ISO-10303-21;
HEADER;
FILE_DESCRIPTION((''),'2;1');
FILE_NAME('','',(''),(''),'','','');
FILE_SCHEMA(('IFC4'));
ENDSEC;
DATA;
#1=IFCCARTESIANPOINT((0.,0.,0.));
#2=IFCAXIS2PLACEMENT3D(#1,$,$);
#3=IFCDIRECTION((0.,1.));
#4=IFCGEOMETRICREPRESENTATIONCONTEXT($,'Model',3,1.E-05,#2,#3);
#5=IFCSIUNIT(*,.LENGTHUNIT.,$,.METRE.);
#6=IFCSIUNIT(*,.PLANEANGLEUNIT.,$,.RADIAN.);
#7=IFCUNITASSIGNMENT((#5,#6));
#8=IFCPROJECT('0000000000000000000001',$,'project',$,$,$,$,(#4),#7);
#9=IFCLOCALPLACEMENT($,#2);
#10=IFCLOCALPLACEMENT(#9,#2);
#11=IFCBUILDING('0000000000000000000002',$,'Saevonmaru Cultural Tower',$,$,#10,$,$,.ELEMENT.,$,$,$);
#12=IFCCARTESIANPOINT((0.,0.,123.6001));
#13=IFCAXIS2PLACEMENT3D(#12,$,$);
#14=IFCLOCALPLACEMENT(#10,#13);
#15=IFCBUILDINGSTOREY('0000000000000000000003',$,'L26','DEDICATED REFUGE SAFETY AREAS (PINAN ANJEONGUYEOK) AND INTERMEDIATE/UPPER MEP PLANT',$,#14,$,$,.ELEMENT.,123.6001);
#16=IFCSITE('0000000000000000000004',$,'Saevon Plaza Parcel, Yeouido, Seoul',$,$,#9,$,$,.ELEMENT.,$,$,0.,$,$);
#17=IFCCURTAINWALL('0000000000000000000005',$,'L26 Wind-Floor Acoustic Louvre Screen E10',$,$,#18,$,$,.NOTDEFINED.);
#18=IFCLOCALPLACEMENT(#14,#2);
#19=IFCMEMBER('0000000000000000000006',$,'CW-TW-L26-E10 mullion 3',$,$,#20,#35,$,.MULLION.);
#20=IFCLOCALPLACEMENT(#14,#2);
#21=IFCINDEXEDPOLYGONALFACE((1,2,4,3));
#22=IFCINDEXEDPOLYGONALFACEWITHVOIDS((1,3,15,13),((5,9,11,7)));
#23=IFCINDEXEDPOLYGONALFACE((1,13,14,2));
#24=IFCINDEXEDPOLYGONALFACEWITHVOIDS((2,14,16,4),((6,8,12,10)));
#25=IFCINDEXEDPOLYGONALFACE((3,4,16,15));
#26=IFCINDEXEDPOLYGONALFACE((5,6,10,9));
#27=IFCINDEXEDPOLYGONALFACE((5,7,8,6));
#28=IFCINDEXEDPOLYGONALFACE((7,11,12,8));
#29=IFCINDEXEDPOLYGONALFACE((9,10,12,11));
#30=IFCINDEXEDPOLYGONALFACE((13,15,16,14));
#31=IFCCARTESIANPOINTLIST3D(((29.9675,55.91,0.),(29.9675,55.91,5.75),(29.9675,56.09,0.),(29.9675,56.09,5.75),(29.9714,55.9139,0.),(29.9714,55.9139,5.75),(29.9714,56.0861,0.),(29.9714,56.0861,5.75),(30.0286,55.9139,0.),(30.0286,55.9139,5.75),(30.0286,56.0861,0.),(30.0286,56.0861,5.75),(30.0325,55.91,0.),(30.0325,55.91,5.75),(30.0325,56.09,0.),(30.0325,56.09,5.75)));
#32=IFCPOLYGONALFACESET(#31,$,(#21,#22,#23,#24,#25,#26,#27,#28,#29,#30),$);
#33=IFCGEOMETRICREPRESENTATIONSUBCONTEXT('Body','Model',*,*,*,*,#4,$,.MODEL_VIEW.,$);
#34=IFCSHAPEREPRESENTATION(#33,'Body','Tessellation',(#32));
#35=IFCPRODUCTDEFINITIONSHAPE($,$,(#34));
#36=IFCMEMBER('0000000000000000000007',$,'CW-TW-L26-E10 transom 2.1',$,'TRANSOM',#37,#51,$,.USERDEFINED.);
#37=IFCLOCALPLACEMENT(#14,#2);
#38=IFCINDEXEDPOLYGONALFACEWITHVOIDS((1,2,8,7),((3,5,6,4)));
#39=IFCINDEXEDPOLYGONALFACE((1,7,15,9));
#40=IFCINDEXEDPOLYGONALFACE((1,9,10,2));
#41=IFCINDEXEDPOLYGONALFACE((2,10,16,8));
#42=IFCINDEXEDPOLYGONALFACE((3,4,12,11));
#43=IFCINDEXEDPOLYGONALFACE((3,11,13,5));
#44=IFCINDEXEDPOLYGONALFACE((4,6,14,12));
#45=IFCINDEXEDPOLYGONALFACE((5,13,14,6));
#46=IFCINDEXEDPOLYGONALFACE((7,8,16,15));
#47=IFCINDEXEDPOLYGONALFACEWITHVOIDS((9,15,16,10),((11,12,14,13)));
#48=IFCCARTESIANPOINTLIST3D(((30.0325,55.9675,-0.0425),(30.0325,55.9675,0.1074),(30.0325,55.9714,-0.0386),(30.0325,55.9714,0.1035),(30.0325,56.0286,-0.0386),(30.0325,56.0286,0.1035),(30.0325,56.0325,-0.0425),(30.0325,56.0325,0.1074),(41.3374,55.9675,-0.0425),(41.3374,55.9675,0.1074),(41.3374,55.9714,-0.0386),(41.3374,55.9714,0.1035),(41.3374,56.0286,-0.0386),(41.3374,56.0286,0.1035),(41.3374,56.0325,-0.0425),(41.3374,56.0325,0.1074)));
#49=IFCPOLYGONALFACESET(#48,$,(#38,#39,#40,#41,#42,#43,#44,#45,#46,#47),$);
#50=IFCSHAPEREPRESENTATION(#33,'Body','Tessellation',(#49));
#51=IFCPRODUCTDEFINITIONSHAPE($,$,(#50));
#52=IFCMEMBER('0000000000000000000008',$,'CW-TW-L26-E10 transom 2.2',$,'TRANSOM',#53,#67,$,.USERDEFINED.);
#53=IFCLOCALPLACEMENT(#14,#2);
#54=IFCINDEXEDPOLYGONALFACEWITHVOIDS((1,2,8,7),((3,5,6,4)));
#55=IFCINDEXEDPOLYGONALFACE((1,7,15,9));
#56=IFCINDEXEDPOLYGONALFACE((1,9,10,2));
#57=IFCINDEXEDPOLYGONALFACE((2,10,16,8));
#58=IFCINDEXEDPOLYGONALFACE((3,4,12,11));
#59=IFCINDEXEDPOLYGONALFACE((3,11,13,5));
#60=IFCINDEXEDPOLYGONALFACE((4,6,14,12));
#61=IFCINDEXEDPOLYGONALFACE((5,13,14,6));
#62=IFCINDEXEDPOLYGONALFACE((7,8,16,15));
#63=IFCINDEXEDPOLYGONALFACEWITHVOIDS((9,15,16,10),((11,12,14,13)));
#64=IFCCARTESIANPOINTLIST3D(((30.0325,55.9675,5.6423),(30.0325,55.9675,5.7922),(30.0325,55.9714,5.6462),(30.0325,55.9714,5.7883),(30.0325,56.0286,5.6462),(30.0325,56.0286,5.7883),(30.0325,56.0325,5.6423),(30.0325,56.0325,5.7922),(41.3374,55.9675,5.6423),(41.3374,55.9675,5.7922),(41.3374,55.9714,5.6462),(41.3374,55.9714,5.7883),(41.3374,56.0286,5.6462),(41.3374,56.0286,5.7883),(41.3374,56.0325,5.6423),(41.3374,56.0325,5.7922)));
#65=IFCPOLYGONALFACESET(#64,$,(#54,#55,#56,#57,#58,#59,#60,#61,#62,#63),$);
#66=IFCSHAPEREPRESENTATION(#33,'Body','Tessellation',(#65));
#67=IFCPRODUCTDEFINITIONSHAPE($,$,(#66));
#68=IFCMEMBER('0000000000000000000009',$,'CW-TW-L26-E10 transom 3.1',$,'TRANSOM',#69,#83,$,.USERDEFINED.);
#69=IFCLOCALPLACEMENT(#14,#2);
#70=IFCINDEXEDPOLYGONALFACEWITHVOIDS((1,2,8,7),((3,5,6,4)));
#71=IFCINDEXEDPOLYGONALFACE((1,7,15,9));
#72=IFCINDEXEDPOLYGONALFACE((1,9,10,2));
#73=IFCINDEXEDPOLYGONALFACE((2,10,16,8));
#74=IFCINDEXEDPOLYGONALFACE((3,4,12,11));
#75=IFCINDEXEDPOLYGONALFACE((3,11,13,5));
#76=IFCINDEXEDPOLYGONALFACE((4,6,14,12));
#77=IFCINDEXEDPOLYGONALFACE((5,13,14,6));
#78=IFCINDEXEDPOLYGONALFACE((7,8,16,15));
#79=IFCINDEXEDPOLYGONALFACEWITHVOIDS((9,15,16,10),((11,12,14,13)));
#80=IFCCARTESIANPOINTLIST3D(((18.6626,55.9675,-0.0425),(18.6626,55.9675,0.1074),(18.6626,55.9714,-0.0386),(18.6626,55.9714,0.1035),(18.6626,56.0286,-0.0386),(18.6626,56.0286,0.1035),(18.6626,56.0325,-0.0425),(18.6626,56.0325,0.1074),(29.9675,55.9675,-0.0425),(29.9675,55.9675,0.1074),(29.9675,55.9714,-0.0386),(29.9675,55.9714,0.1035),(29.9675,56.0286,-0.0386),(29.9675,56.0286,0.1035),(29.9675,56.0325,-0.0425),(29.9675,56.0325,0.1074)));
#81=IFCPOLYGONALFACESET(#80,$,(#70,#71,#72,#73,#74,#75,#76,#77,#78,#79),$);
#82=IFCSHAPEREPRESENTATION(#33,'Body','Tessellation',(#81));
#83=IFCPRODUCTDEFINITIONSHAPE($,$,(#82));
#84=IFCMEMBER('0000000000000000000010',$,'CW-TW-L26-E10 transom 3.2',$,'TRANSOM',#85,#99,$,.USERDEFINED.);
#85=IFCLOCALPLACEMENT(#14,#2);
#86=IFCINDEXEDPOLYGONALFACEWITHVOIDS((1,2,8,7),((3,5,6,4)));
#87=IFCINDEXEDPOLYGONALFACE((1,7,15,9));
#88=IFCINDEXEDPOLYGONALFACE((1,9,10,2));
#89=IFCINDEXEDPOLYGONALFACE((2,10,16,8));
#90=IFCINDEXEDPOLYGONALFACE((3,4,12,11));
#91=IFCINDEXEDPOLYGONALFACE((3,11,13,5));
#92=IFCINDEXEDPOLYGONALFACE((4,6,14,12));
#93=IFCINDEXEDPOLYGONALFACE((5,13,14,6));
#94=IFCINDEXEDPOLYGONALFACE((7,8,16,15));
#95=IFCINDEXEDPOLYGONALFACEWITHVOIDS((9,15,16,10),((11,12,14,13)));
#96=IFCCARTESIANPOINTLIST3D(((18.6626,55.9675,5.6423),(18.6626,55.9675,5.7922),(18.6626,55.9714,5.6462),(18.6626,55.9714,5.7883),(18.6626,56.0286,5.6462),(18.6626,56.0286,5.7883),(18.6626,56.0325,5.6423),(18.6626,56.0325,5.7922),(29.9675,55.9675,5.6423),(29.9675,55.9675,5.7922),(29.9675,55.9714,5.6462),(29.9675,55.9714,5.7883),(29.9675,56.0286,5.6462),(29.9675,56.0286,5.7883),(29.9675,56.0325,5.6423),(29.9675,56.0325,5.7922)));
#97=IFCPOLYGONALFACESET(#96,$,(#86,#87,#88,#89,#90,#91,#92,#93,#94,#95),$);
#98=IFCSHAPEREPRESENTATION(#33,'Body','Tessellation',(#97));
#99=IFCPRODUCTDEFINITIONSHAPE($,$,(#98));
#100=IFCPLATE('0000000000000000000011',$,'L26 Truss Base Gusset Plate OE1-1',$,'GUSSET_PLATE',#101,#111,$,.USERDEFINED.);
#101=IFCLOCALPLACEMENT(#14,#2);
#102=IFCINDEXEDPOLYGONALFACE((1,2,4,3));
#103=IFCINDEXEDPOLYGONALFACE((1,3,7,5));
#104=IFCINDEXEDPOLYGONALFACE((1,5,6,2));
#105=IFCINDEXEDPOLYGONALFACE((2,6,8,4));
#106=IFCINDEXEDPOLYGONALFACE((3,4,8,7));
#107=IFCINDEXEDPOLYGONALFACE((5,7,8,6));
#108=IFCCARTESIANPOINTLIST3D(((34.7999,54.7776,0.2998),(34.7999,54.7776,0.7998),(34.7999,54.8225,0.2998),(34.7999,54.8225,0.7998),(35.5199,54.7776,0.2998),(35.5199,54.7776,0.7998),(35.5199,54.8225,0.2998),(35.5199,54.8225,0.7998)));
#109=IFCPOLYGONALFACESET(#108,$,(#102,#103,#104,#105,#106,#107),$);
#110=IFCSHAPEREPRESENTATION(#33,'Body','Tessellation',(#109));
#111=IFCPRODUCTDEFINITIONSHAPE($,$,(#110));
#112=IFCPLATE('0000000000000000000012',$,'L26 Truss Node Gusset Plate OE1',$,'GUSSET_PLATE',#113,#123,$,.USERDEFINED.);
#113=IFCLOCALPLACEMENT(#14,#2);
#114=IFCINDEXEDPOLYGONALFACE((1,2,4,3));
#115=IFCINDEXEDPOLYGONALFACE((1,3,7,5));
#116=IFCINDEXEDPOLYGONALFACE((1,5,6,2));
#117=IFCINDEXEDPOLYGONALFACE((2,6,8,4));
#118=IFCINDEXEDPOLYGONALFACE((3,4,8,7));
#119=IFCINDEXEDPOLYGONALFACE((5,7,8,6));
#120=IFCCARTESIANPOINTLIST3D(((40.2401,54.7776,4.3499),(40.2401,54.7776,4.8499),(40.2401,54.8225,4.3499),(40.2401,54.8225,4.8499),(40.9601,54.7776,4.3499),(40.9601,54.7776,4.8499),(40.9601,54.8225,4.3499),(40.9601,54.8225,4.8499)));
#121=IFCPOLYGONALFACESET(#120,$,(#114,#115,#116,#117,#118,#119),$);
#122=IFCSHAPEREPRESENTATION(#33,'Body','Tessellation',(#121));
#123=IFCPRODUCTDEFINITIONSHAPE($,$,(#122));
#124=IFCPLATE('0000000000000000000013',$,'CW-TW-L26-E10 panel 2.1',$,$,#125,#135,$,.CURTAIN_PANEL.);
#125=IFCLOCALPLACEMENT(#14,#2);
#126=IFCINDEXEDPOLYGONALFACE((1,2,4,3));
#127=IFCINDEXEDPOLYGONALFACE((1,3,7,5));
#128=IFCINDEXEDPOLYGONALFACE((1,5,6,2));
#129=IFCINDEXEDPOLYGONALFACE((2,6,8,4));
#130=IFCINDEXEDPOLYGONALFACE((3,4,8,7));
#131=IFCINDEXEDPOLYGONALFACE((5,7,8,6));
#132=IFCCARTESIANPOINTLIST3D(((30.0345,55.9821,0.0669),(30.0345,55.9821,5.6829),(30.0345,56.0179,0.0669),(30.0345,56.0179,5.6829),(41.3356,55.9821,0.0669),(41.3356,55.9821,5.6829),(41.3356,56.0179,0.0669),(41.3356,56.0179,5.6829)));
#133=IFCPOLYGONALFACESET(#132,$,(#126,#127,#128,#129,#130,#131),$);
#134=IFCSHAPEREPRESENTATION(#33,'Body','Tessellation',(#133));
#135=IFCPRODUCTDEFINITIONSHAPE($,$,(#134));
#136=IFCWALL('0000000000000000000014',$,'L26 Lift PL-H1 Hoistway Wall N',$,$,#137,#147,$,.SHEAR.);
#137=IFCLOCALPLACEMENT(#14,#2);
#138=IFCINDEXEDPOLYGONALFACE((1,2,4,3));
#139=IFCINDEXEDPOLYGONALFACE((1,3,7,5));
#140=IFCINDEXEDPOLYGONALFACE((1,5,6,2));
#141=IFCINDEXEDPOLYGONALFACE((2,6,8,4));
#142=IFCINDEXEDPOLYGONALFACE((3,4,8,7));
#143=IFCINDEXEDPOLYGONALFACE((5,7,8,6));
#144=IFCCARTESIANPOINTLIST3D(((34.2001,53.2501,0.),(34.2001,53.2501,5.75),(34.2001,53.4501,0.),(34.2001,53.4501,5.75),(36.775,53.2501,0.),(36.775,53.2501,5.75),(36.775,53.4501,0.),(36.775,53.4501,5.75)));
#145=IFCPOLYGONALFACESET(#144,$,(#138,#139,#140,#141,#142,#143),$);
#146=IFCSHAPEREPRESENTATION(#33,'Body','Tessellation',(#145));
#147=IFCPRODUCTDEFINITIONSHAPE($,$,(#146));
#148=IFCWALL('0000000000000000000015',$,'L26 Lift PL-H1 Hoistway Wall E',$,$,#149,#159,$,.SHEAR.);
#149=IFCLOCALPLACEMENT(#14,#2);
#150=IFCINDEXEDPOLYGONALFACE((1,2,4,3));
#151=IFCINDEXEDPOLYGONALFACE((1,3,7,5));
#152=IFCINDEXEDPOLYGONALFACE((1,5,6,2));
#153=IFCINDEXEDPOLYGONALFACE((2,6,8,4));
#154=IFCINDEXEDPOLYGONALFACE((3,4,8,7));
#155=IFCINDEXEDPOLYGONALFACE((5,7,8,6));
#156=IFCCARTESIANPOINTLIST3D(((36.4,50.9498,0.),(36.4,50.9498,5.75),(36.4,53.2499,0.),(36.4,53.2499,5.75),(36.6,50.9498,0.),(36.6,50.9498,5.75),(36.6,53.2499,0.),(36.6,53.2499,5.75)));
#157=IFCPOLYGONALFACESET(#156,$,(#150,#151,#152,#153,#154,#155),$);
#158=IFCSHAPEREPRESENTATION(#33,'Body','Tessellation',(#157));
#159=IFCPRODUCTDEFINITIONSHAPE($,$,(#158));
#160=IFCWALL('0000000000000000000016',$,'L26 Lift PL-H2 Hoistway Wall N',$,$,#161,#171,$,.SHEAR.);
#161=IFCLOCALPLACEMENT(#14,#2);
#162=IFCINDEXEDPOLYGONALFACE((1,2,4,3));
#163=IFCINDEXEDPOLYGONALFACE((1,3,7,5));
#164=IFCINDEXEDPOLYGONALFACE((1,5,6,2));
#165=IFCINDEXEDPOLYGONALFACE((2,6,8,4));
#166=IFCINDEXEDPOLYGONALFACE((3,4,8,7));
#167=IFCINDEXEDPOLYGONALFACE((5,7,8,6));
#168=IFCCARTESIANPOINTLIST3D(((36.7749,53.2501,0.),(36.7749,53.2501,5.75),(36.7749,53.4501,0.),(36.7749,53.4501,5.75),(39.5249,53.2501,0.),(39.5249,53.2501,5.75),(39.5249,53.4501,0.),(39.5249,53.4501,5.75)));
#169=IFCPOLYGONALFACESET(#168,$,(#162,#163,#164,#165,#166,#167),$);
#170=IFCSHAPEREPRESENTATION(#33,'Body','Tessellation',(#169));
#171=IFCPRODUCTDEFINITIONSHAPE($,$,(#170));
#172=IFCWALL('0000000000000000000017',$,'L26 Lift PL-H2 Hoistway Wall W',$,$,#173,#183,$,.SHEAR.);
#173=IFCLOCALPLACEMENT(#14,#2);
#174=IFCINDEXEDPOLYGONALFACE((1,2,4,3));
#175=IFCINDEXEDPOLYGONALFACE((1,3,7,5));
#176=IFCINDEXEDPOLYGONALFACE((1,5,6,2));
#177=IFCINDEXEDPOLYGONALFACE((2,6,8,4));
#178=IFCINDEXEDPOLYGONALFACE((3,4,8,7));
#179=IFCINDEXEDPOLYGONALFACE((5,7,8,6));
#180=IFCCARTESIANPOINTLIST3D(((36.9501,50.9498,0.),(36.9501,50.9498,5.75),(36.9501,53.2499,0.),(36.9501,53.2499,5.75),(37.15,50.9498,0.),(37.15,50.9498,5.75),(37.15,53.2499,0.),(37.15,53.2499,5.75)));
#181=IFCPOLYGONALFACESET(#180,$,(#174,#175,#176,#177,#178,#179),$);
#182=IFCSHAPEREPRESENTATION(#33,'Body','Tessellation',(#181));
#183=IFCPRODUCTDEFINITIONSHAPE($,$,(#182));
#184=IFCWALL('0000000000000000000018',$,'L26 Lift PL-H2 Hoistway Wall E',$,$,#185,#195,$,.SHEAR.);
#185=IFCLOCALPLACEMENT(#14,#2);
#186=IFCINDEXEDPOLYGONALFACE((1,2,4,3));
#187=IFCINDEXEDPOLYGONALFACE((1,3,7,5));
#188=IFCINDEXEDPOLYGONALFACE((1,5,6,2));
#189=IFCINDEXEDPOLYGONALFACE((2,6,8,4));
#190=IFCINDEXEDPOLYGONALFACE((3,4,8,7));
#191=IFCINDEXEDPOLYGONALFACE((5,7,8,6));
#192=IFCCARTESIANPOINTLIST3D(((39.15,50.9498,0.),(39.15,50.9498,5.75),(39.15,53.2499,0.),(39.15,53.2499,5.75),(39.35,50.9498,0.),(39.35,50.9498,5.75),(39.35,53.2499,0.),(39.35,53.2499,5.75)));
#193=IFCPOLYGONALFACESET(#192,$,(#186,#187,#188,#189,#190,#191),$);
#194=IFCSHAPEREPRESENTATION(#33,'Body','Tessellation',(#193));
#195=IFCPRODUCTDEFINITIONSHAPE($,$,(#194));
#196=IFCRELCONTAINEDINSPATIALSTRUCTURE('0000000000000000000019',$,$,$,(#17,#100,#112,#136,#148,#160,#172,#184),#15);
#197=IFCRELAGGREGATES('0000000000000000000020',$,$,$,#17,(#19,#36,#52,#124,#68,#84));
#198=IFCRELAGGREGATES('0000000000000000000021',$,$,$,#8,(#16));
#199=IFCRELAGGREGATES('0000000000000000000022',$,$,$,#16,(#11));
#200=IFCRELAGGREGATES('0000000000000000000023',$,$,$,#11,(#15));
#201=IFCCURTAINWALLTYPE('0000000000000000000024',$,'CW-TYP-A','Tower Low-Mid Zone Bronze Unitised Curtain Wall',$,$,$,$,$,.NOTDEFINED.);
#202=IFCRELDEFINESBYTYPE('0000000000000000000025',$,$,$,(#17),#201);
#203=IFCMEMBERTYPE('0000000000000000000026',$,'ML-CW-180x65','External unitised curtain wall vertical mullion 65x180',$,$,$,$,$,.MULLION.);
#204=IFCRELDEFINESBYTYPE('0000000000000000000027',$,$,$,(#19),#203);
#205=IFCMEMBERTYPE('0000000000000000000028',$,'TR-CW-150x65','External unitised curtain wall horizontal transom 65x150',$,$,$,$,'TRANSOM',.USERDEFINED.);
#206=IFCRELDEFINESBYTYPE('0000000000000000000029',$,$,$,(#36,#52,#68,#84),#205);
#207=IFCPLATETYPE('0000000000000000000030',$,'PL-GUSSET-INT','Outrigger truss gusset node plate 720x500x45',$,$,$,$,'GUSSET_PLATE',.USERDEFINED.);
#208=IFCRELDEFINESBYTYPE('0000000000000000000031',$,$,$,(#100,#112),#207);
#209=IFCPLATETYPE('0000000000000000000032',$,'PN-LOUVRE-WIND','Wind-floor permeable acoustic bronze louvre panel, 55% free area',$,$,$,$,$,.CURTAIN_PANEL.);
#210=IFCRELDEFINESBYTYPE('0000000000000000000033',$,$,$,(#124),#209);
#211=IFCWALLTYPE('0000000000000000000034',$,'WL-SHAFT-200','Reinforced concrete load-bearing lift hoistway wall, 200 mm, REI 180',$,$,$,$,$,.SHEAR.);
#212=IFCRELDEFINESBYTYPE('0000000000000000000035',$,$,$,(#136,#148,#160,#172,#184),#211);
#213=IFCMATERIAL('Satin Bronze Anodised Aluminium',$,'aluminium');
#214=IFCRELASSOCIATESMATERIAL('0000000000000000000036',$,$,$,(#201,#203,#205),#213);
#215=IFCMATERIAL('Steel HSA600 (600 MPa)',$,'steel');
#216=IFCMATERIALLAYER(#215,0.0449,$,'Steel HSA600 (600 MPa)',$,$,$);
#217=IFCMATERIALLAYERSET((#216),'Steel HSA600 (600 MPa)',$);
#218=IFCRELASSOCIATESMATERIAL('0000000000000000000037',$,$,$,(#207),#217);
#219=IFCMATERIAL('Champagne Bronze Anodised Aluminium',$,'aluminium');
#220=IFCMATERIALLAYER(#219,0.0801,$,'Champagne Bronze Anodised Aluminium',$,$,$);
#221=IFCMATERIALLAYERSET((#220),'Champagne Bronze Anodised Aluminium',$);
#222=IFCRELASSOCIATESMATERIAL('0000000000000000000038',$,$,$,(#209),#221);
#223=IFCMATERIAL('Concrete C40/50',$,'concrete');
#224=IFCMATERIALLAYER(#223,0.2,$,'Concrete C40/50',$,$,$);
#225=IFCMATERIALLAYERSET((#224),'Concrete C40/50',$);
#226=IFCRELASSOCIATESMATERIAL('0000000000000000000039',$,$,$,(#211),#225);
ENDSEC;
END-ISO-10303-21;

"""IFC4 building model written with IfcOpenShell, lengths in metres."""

from ifc_helpers import new_model, si_unit, direction, frame, frame_2d, origin, origin_2d, place, context, subcontext, project, spatial, rectangle, hollow_rectangle, extrude, material, layer, layer_set, material_profile, profile_set, type_object, element, aggregate, save


model = new_model("IFC4")

# Units and contexts
model_context = context("Model", 3, precision=1e-05, world=origin(), true_north=direction((0.0, 1.0)))
body_context = subcontext(model_context, "Body", "Model", "MODEL_VIEW")
ifc_project = project(units=[si_unit("LENGTHUNIT", "METRE"), si_unit("PLANEANGLEUNIT", "RADIAN")], contexts=[model_context])

# Site, building, storey
site_placement = place(None, origin())
site = spatial("IfcSite", under=ifc_project, at=site_placement, Name="Saevon Plaza Parcel, Yeouido, Seoul", CompositionType="ELEMENT", RefElevation=0.0)
building_placement = place(site_placement, origin())
building = spatial("IfcBuilding", under=site, at=building_placement, Name="Saevonmaru Cultural Tower", CompositionType="ELEMENT")
storey_placement = place(building_placement, frame((0.0, 0.0, 123.6001)))
storey = spatial("IfcBuildingStorey", under=building, at=storey_placement, Name="L26", Description="DEDICATED REFUGE SAFETY AREAS (PINAN ANJEONGUYEOK) AND INTERMEDIATE/UPPER MEP PLANT", CompositionType="ELEMENT", Elevation=123.6001)

# Shared definitions
ifc_material_1 = material(Name="Steel HSA600 (600 MPa)", Category="steel")

# Curtain wall, members
ifc_material_2 = material(Name="Satin Bronze Anodised Aluminium", Category="aluminium")
curtain_wall_type = type_object("IfcCurtainWallType", Name="CW-TYP-A", Description="Tower Low-Mid Zone Bronze Unitised Curtain Wall", PredefinedType="NOTDEFINED", material=ifc_material_2)
curtain_wall_placement = place(storey_placement, origin())
curtain_wall = element("IfcCurtainWall", 1, at=curtain_wall_placement, inside=storey, type_object=curtain_wall_type, Name="L26 Wind-Floor Acoustic Louvre Screen E10", PredefinedType="NOTDEFINED")
ifc_material_profile_1 = material_profile(ifc_material_2, hollow_rectangle(XDim=0.0649, YDim=0.1799, WallThickness=0.0039, at=origin_2d()), Name="ALU-MULL-180x65x4")
ifc_profile_set_1 = profile_set([ifc_material_profile_1], Name="Satin Bronze Anodised Aluminium")
member_type_1 = type_object("IfcMemberType", Name="ML-CW-180x65", Description="External unitised curtain wall vertical mullion 65x180", PredefinedType="MULLION", material=ifc_profile_set_1)
member_1_placement = place(storey_placement, frame((30.0, 56.0, 0.0), z_axis=(0.0, 0.0, 1.0), x_axis=(-1.0, 0.0, 0.0)))
member_1 = element("IfcMember", 2, at=member_1_placement, type_object=member_type_1, Name="CW-TW-L26-E10 mullion 3", PredefinedType="MULLION", context=body_context, shape_type="SweptSolid", body=[
    extrude(hollow_rectangle(XDim=0.0649, YDim=0.1799, WallThickness=0.0039, at=origin_2d()), origin(), (0.0, 0.0, 1.0), 5.75),
])
ifc_material_profile_2 = material_profile(ifc_material_2, hollow_rectangle(XDim=0.0649, YDim=0.1499, WallThickness=0.0039, at=origin_2d()), Name="ALU-TRAN-150x65x4")
ifc_profile_set_2 = profile_set([ifc_material_profile_2], Name="Satin Bronze Anodised Aluminium")
member_type_2 = type_object("IfcMemberType", Name="TR-CW-150x65", Description="External unitised curtain wall horizontal transom 65x150", ElementType="TRANSOM", PredefinedType="USERDEFINED", material=ifc_profile_set_2)
member_2_placement = place(storey_placement, frame((41.3374, 56.0, 0.0325), z_axis=(-1.0, 0.0, 0.0), x_axis=(0.0, -1.0, 0.0)))
member_2 = element("IfcMember", 3, at=member_2_placement, type_object=member_type_2, Name="CW-TW-L26-E10 transom 2.1", ObjectType="TRANSOM", PredefinedType="USERDEFINED", context=body_context, shape_type="SweptSolid", body=[
    extrude(hollow_rectangle(XDim=0.0649, YDim=0.1499, WallThickness=0.0039, at=origin_2d()), origin(), (0.0, 0.0, 1.0), 11.3049),
])
member_3_placement = place(storey_placement, frame((41.3374, 56.0, 5.7173), z_axis=(-1.0, 0.0, 0.0), x_axis=(0.0, -1.0, 0.0)))
member_3 = element("IfcMember", 4, at=member_3_placement, type_object=member_type_2, Name="CW-TW-L26-E10 transom 2.2", ObjectType="TRANSOM", PredefinedType="USERDEFINED", context=body_context, shape_type="SweptSolid", body=[
    extrude(hollow_rectangle(XDim=0.0649, YDim=0.1499, WallThickness=0.0039, at=origin_2d()), origin(), (0.0, 0.0, 1.0), 11.3049),
])
member_4_placement = place(storey_placement, frame((29.9675, 56.0, 0.0325), z_axis=(-1.0, 0.0, 0.0), x_axis=(0.0, -1.0, 0.0)))
member_4 = element("IfcMember", 5, at=member_4_placement, type_object=member_type_2, Name="CW-TW-L26-E10 transom 3.1", ObjectType="TRANSOM", PredefinedType="USERDEFINED", context=body_context, shape_type="SweptSolid", body=[
    extrude(hollow_rectangle(XDim=0.0649, YDim=0.1499, WallThickness=0.0039, at=origin_2d()), origin(), (0.0, 0.0, 1.0), 11.3049),
])
member_5_placement = place(storey_placement, frame((29.9675, 56.0, 5.7173), z_axis=(-1.0, 0.0, 0.0), x_axis=(0.0, -1.0, 0.0)))
member_5 = element("IfcMember", 6, at=member_5_placement, type_object=member_type_2, Name="CW-TW-L26-E10 transom 3.2", ObjectType="TRANSOM", PredefinedType="USERDEFINED", context=body_context, shape_type="SweptSolid", body=[
    extrude(hollow_rectangle(XDim=0.0649, YDim=0.1499, WallThickness=0.0039, at=origin_2d()), origin(), (0.0, 0.0, 1.0), 11.3049),
])

# Plates
ifc_layer_1 = layer(ifc_material_1, 0.0449, Name="Steel HSA600 (600 MPa)")
ifc_layer_set_1 = layer_set([ifc_layer_1], Name="Steel HSA600 (600 MPa)")
plate_type_1 = type_object("IfcPlateType", Name="PL-GUSSET-INT", Description="Outrigger truss gusset node plate 720x500x45", ElementType="GUSSET_PLATE", PredefinedType="USERDEFINED", material=ifc_layer_set_1)
for number, where, z_axis, x_axis, name in (
    (7, (35.1599, 54.8, 0.2998), (0.0, 0.0, 1.0), (1.0, 0.0, 0.0), "L26 Truss Base Gusset Plate OE1-1"),
    (8, (40.6001, 54.8, 4.3499), (0.0, 0.0, 1.0), (1.0, 0.0, 0.0), "L26 Truss Node Gusset Plate OE1"),
):
    element("IfcPlate", number, at=place(storey_placement, frame(where, z_axis=z_axis, x_axis=x_axis)), inside=storey, type_object=plate_type_1, Name=name, ObjectType="GUSSET_PLATE", PredefinedType="USERDEFINED", context=body_context, shape_type="SweptSolid", body=[
        extrude(rectangle(XDim=0.72, YDim=0.0449, at=origin_2d()), origin(), (0.0, 0.0, 1.0), 0.5),
    ])

# Plate
ifc_material_3 = material(Name="Champagne Bronze Anodised Aluminium", Category="aluminium")
ifc_layer_2 = layer(ifc_material_3, 0.0801, Name="Champagne Bronze Anodised Aluminium")
ifc_layer_set_2 = layer_set([ifc_layer_2], Name="Champagne Bronze Anodised Aluminium")
plate_type_2 = type_object("IfcPlateType", Name="PN-LOUVRE-WIND", Description="Wind-floor permeable acoustic bronze louvre panel, 55% free area", PredefinedType="CURTAIN_PANEL", material=ifc_layer_set_2)
plate_placement = place(storey_placement, frame((35.6851, 56.0, 0.0669), z_axis=(0.0, 0.0, 1.0), x_axis=(-1.0, 0.0, 0.0)))
plate = element("IfcPlate", 9, at=plate_placement, type_object=plate_type_2, Name="CW-TW-L26-E10 panel 2.1", PredefinedType="CURTAIN_PANEL", context=body_context, shape_type="SweptSolid", body=[
    extrude(rectangle(XDim=11.301, YDim=0.0359, at=origin_2d()), origin(), (0.0, 0.0, 1.0), 5.616),
])
aggregate(curtain_wall, [member_1, member_2, member_3, plate, member_4, member_5])

# Walls
ifc_material_4 = material(Name="Concrete C40/50", Category="concrete")
ifc_layer_3 = layer(ifc_material_4, 0.2, Name="Concrete C40/50")
ifc_layer_set_3 = layer_set([ifc_layer_3], Name="Concrete C40/50")
wall_type_1 = type_object("IfcWallType", Name="WL-SHAFT-200", Description="Reinforced concrete load-bearing lift hoistway wall, 200 mm, REI 180", PredefinedType="SHEAR", material=ifc_layer_set_3)
wall_1_placement = place(storey_placement, frame((34.2, 53.3501, 0.0), z_axis=(0.0, 0.0, 1.0), x_axis=(1.0, 0.0, 0.0)))
element("IfcWall", 10, at=wall_1_placement, inside=storey, type_object=wall_type_1, Name="L26 Lift PL-H1 Hoistway Wall N", PredefinedType="SHEAR", context=body_context, shape_type="SweptSolid", body=[
    extrude(rectangle(XDim=2.575, YDim=0.2, at=frame_2d((1.2876, 0.0))), origin(), (0.0, 0.0, 1.0), 5.75),
])
wall_2_placement = place(storey_placement, frame((36.5, 50.95, 0.0), z_axis=(0.0, 0.0, 1.0), x_axis=(0.0, 1.0, 0.0)))
element("IfcWall", 11, at=wall_2_placement, inside=storey, type_object=wall_type_1, Name="L26 Lift PL-H1 Hoistway Wall E", PredefinedType="SHEAR", context=body_context, shape_type="SweptSolid", body=[
    extrude(rectangle(XDim=2.3, YDim=0.2, at=frame_2d((1.1499, 0.0))), origin(), (0.0, 0.0, 1.0), 5.75),
])
wall_3_placement = place(storey_placement, frame((36.7749, 53.3501, 0.0), z_axis=(0.0, 0.0, 1.0), x_axis=(1.0, 0.0, 0.0)))
element("IfcWall", 12, at=wall_3_placement, inside=storey, type_object=wall_type_1, Name="L26 Lift PL-H2 Hoistway Wall N", PredefinedType="SHEAR", context=body_context, shape_type="SweptSolid", body=[
    extrude(rectangle(XDim=2.75, YDim=0.2, at=frame_2d((1.375, 0.0))), origin(), (0.0, 0.0, 1.0), 5.75),
])
for number, where, z_axis, x_axis, name in (
    (13, (37.05, 50.95, 0.0), (0.0, 0.0, 1.0), (0.0, 1.0, 0.0), "L26 Lift PL-H2 Hoistway Wall W"),
    (14, (39.25, 50.95, 0.0), (0.0, 0.0, 1.0), (0.0, 1.0, 0.0), "L26 Lift PL-H2 Hoistway Wall E"),
):
    element("IfcWall", number, at=place(storey_placement, frame(where, z_axis=z_axis, x_axis=x_axis)), inside=storey, type_object=wall_type_1, Name=name, PredefinedType="SHEAR", context=body_context, shape_type="SweptSolid", body=[
        extrude(rectangle(XDim=2.3, YDim=0.2, at=frame_2d((1.1499, 0.0))), origin(), (0.0, 0.0, 1.0), 5.75),
    ])

save(model, "model.ifc")
